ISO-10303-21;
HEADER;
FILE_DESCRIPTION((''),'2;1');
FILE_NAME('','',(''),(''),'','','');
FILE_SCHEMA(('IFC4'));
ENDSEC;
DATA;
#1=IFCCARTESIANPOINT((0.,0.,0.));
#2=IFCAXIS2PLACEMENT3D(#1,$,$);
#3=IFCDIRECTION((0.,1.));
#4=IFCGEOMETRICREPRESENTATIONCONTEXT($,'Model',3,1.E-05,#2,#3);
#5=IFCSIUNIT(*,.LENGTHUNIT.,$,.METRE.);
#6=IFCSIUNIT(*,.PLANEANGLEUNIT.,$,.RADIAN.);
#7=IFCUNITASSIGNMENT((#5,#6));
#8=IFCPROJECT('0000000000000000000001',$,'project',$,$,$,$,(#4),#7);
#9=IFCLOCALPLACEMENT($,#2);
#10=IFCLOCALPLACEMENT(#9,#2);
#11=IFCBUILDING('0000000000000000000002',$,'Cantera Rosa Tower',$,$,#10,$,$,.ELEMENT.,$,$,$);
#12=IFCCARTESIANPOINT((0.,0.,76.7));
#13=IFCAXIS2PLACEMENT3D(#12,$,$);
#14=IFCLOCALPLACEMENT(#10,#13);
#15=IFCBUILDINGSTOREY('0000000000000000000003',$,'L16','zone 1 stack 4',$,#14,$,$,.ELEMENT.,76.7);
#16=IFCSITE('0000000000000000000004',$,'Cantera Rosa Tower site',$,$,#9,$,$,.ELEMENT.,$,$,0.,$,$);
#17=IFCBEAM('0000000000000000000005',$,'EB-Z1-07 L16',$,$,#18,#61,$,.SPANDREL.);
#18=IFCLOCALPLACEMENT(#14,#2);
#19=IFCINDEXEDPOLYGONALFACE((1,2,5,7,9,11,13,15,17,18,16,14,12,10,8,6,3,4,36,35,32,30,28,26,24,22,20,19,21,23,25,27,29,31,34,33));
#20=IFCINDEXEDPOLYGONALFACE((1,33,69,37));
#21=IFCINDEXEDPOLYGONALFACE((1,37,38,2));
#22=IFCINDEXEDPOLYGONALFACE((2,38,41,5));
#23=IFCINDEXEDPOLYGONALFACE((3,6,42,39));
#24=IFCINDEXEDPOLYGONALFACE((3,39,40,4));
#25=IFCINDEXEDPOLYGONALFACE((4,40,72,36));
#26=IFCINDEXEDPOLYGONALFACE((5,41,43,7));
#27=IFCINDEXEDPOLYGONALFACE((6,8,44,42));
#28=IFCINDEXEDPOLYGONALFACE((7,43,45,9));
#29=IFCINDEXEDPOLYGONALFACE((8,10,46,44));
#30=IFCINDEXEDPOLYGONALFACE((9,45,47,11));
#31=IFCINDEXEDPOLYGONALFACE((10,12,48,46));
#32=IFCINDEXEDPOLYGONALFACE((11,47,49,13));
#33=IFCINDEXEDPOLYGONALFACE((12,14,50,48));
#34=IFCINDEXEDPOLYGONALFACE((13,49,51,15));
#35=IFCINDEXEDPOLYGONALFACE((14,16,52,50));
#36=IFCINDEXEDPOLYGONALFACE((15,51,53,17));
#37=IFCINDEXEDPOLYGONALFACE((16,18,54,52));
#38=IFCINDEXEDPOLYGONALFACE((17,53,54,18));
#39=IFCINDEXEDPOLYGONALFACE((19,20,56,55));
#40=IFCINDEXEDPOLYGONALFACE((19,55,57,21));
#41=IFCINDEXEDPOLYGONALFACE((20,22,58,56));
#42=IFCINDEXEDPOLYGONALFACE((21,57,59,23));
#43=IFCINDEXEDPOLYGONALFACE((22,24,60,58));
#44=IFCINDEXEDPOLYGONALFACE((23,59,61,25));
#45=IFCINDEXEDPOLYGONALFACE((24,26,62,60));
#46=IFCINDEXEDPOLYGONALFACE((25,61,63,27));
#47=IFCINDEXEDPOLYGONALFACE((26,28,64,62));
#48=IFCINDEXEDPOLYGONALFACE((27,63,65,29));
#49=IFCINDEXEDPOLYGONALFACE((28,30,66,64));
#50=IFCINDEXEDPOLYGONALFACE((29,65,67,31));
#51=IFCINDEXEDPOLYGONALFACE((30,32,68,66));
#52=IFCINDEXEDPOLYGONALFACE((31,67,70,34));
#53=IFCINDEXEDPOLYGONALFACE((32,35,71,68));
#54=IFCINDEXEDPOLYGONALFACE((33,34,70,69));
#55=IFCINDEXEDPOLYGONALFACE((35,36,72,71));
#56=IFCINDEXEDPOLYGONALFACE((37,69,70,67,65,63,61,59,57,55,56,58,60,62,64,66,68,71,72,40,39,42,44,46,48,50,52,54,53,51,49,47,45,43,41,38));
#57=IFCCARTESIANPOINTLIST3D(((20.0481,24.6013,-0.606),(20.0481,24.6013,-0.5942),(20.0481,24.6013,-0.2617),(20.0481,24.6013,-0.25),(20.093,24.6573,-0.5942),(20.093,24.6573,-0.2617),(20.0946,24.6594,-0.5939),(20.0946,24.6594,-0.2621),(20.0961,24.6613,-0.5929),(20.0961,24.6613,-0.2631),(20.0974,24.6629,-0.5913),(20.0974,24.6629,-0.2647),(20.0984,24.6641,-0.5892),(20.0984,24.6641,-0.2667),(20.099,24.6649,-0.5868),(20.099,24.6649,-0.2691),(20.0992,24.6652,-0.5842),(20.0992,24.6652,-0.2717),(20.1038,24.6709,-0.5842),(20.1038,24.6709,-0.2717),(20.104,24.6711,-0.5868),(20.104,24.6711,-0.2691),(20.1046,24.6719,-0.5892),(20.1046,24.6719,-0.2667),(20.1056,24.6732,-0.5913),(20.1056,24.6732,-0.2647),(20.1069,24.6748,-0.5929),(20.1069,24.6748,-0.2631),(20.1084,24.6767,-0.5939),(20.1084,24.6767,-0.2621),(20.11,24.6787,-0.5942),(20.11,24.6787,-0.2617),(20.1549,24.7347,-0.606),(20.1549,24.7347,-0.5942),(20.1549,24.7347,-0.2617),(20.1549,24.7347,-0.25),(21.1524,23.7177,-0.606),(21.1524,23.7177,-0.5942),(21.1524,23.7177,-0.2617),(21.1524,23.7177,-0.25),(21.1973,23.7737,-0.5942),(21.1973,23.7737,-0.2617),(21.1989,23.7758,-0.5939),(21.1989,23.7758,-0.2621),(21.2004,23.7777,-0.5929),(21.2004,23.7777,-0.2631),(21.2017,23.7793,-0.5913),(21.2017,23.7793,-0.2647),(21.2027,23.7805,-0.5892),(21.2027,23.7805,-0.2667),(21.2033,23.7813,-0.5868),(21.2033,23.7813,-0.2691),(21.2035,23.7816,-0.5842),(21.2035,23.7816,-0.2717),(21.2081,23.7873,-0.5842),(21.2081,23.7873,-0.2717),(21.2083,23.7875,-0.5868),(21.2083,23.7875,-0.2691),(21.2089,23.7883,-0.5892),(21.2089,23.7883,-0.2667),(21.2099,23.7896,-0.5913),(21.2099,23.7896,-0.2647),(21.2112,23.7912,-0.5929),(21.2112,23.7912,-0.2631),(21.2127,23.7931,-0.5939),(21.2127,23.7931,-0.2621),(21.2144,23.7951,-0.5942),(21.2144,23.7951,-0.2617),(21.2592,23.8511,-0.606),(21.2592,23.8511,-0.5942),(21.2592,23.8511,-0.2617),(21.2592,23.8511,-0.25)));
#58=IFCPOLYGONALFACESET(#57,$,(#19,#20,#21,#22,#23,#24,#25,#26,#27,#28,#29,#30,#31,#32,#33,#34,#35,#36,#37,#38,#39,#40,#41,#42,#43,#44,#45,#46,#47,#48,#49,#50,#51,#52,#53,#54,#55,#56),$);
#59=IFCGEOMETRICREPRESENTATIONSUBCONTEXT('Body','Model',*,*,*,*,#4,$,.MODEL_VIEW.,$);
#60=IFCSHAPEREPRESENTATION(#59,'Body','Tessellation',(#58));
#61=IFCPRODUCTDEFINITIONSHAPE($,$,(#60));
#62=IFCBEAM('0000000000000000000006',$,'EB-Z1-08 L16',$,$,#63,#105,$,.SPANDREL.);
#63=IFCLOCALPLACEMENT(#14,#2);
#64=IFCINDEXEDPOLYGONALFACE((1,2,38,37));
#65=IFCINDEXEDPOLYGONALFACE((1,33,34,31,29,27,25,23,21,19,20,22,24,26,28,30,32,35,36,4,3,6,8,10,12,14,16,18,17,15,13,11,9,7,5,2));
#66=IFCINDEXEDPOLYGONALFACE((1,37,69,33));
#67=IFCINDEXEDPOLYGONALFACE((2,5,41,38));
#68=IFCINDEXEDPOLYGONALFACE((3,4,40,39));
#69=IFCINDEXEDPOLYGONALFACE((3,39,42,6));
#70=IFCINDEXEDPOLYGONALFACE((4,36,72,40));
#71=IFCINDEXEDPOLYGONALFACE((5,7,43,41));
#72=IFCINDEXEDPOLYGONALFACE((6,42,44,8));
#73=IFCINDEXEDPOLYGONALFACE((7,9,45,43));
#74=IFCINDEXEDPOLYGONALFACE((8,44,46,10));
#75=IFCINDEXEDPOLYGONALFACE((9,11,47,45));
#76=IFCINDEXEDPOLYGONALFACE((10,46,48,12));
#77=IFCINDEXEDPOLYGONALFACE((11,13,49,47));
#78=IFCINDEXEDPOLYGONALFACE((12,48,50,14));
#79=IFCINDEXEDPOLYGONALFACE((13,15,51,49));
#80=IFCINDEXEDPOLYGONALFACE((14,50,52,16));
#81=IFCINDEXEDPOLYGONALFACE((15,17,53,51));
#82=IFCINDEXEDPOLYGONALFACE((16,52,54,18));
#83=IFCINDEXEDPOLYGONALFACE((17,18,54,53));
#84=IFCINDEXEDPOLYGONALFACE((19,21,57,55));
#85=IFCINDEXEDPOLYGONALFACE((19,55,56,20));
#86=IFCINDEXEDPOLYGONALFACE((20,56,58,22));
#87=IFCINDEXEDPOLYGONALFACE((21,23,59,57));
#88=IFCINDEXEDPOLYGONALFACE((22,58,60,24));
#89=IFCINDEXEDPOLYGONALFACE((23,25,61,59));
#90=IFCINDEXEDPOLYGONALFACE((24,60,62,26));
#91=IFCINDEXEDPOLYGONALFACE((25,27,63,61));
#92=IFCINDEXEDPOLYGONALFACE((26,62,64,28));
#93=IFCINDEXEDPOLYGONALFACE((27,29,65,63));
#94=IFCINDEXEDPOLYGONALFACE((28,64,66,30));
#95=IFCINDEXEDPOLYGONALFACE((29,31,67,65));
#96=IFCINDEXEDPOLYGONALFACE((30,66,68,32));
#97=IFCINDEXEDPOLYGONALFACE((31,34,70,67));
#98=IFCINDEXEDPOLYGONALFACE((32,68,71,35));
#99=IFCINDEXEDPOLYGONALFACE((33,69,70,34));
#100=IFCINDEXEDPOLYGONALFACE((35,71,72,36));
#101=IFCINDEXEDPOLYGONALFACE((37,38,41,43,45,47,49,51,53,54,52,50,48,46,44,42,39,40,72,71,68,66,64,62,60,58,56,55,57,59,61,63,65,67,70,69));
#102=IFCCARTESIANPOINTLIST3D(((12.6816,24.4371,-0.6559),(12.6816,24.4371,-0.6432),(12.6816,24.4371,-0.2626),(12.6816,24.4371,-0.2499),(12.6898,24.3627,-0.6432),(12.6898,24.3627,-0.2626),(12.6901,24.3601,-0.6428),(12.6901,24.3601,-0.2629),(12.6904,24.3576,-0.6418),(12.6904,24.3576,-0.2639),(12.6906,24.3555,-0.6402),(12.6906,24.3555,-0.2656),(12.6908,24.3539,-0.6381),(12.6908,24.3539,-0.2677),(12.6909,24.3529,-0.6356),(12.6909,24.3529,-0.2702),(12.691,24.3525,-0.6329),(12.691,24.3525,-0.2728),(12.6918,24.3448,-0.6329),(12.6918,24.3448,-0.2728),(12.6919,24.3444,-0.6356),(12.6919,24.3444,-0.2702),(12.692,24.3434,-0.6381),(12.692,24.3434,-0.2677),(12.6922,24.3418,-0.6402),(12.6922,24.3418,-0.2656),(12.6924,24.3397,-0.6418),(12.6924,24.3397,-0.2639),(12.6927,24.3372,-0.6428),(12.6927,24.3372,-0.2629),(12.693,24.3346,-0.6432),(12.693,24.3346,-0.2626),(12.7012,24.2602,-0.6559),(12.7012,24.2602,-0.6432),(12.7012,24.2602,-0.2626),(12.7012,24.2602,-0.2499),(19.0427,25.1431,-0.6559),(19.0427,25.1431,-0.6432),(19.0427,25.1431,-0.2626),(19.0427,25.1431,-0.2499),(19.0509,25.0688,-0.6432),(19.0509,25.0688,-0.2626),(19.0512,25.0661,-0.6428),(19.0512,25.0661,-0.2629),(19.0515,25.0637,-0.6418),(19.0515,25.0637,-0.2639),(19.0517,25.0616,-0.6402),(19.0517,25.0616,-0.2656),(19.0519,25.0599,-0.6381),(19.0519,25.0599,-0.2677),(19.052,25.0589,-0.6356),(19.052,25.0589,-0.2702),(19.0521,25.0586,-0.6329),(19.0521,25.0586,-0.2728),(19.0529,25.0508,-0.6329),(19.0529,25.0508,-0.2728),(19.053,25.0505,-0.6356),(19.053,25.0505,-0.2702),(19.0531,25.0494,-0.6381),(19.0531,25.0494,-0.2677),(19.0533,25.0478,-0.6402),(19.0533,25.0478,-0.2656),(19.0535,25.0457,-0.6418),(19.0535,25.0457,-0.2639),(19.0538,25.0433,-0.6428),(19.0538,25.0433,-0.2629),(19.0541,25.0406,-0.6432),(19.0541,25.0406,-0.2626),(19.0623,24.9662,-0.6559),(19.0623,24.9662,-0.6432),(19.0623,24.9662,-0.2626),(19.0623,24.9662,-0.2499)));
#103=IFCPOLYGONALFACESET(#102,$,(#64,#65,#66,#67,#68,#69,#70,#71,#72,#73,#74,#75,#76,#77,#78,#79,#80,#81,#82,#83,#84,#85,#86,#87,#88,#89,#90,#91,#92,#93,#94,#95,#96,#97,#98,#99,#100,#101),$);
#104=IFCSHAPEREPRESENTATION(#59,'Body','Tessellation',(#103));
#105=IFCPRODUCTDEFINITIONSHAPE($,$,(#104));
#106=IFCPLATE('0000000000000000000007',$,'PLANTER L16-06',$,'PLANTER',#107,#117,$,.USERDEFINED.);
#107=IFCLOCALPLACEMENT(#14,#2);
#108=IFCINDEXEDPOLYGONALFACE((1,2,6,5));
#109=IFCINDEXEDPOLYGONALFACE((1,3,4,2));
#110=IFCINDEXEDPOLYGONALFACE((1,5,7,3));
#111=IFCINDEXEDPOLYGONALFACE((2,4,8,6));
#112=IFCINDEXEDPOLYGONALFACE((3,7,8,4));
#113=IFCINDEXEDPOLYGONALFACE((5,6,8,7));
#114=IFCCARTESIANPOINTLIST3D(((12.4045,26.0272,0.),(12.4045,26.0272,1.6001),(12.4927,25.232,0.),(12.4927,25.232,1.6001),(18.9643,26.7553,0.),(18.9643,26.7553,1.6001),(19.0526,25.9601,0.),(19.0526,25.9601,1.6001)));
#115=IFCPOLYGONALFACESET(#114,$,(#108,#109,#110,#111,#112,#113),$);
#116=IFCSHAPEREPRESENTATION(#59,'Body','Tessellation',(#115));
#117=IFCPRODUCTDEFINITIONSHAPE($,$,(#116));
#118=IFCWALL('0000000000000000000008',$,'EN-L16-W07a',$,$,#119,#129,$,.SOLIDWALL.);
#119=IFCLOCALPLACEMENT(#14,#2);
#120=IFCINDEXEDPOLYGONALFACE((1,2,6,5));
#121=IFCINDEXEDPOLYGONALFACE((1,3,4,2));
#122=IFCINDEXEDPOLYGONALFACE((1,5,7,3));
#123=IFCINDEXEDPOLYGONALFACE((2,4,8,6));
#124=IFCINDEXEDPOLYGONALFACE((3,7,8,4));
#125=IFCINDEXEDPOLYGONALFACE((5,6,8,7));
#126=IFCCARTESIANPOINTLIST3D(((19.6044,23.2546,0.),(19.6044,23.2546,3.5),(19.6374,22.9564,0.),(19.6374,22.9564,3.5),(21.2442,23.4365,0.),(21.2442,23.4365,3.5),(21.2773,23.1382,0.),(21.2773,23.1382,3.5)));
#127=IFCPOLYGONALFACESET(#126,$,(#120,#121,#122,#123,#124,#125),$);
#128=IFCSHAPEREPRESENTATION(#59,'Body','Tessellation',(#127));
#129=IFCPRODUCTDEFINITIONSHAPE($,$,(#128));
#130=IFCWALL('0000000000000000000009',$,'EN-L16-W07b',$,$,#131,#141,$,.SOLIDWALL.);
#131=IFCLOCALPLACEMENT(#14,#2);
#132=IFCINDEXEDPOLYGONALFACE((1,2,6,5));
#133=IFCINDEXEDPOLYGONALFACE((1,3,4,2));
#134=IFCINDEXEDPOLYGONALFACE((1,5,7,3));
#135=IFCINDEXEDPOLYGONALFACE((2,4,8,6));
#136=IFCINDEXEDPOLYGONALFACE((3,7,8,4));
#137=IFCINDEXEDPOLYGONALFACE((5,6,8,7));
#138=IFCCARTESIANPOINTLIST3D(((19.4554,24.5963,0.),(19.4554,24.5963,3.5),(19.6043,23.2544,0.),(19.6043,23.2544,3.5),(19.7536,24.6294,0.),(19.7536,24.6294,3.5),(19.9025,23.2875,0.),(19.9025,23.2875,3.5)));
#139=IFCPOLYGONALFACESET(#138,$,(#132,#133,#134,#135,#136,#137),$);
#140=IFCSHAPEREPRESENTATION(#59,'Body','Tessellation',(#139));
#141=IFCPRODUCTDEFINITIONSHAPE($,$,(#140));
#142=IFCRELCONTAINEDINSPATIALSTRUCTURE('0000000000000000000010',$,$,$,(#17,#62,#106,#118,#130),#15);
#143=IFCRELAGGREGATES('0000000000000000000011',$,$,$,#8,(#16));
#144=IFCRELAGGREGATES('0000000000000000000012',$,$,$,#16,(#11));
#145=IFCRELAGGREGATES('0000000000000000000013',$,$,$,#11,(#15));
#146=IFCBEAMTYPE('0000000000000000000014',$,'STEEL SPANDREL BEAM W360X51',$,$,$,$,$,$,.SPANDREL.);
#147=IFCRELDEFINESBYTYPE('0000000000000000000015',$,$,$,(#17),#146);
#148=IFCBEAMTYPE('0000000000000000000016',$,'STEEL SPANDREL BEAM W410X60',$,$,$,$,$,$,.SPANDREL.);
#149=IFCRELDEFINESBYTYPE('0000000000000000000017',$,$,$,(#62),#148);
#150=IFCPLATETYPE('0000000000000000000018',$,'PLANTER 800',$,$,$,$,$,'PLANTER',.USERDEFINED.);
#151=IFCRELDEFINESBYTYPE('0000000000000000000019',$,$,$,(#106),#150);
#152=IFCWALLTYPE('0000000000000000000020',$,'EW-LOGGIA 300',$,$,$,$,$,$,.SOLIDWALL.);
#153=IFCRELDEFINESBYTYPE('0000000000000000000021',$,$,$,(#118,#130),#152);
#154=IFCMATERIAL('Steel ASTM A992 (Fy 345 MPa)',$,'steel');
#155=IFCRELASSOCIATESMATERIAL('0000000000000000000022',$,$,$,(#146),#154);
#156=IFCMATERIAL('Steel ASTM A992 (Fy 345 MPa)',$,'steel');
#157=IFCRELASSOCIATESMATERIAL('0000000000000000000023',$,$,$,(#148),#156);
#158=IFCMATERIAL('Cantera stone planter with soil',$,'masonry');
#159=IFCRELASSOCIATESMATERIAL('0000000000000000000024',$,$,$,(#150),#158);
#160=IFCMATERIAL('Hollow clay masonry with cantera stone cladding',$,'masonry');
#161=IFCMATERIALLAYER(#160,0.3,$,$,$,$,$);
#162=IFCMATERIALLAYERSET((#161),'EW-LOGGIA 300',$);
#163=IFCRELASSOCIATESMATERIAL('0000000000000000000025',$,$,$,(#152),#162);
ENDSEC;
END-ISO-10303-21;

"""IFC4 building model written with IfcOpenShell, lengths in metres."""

from ifc_helpers import new_model, si_unit, direction, frame, frame_2d, origin, origin_2d, place, context, subcontext, project, spatial, rectangle, i_section, extrude, material, layer, layer_set, material_profile, profile_set, type_object, element, save


model = new_model("IFC4")

# Units and contexts
model_context = context("Model", 3, precision=1e-05, world=origin(), true_north=direction((0.0, 1.0)))
body_context = subcontext(model_context, "Body", "Model", "MODEL_VIEW")
ifc_project = project(units=[si_unit("LENGTHUNIT", "METRE"), si_unit("PLANEANGLEUNIT", "RADIAN")], contexts=[model_context])

# Site, building, storey
site_placement = place(None, origin())
site = spatial("IfcSite", under=ifc_project, at=site_placement, Name="Cantera Rosa Tower site", CompositionType="ELEMENT", RefElevation=0.0)
building_placement = place(site_placement, origin())
building = spatial("IfcBuilding", under=site, at=building_placement, Name="Cantera Rosa Tower", CompositionType="ELEMENT")
storey_placement = place(building_placement, frame((0.0, 0.0, 76.7)))
storey = spatial("IfcBuildingStorey", under=building, at=storey_placement, Name="L16", Description="zone 1 stack 4", CompositionType="ELEMENT", Elevation=76.7)

# Beams
ifc_material_1 = material(Name="Steel ASTM A992 (Fy 345 MPa)", Category="steel")
ifc_material_profile_1 = material_profile(ifc_material_1, i_section(OverallWidth=0.1709, OverallDepth=0.356, WebThickness=0.0073, FlangeThickness=0.0117, FilletRadius=0.01, at=origin_2d()), Name="W360X51")
ifc_profile_set_1 = profile_set([ifc_material_profile_1], Name="Steel ASTM A992 (Fy 345 MPa)")
beam_type_1 = type_object("IfcBeamType", Name="STEEL SPANDREL BEAM W360X51", PredefinedType="SPANDREL", material=ifc_profile_set_1)
for number, where, z_axis, x_axis, name in (
    (1, (21.2058, 23.7844, -0.428), (-0.780818, 0.624758, 0.0), (-0.624758, -0.780818, 0.0), "EB-Z1-07 L16"),
):
    element("IfcBeam", number, at=place(storey_placement, frame(where, z_axis=z_axis, x_axis=x_axis)), inside=storey, type_object=beam_type_1, Name=name, PredefinedType="SPANDREL", context=body_context, shape_type="SweptSolid", body=[
        extrude(i_section(OverallWidth=0.1709, OverallDepth=0.356, WebThickness=0.0073, FlangeThickness=0.0117, FilletRadius=0.01, at=origin_2d()), origin(), (0.0, 0.0, 1.0), 1.4143),
    ])
ifc_material_2 = material(Name="Steel ASTM A992 (Fy 345 MPa)", Category="steel")
ifc_material_profile_2 = material_profile(ifc_material_2, i_section(OverallWidth=0.178, OverallDepth=0.406, WebThickness=0.0078, FlangeThickness=0.0127, FilletRadius=0.0103, at=origin_2d()), Name="W410X60")
ifc_profile_set_2 = profile_set([ifc_material_profile_2], Name="Steel ASTM A992 (Fy 345 MPa)")
beam_type_2 = type_object("IfcBeamType", Name="STEEL SPANDREL BEAM W410X60", PredefinedType="SPANDREL", material=ifc_profile_set_2)
beam_1_placement = place(storey_placement, frame((19.0525, 25.0547, -0.4529), z_axis=(-0.993896, -0.110318, 0.0), x_axis=(0.110318, -0.993896, 0.0)))
element("IfcBeam", 2, at=beam_1_placement, inside=storey, type_object=beam_type_2, Name="EB-Z1-08 L16", PredefinedType="SPANDREL", context=body_context, shape_type="SweptSolid", body=[
    extrude(i_section(OverallWidth=0.178, OverallDepth=0.406, WebThickness=0.0078, FlangeThickness=0.0127, FilletRadius=0.0103, at=origin_2d()), origin(), (0.0, 0.0, 1.0), 6.4001),
])

# Plate
ifc_material_3 = material(Name="Cantera stone planter with soil", Category="masonry")
plate_type = type_object("IfcPlateType", Name="PLANTER 800", ElementType="PLANTER", PredefinedType="USERDEFINED", material=ifc_material_3)
plate_placement = place(storey_placement, frame((15.7285, 25.9937, 0.0), z_axis=(0.0, 0.0, 1.0), x_axis=(-0.993897, -0.110313, 0.0)))
element("IfcPlate", 3, at=plate_placement, inside=storey, type_object=plate_type, Name="PLANTER L16-06", ObjectType="PLANTER", PredefinedType="USERDEFINED", context=body_context, shape_type="SweptSolid", body=[
    extrude(rectangle(XDim=6.6001, YDim=0.8, at=origin_2d()), origin(), (0.0, 0.0, 1.0), 1.6001),
])

# Walls
ifc_material_4 = material(Name="Hollow clay masonry with cantera stone cladding", Category="masonry")
ifc_layer_1 = layer(ifc_material_4, 0.3)
ifc_layer_set_1 = layer_set([ifc_layer_1], Name="EW-LOGGIA 300")
wall_type_1 = type_object("IfcWallType", Name="EW-LOGGIA 300", PredefinedType="SOLIDWALL", material=ifc_layer_set_1)
wall_1_placement = place(storey_placement, frame((21.2607, 23.2874, 0.0), z_axis=(0.0, 0.0, 1.0), x_axis=(-0.993905, -0.110237, 0.0)))
element("IfcWall", 4, at=wall_1_placement, inside=storey, type_object=wall_type_1, Name="EN-L16-W07a", PredefinedType="SOLIDWALL", context=body_context, shape_type="SweptSolid", body=[
    extrude(rectangle(XDim=1.6499, YDim=0.3, at=frame_2d((0.825, 0.0))), origin(), (0.0, 0.0, 1.0), 3.5),
])
wall_2_placement = place(storey_placement, frame((19.7534, 23.271, 0.0), z_axis=(0.0, 0.0, 1.0), x_axis=(-0.110312, 0.993897, 0.0)))
element("IfcWall", 5, at=wall_2_placement, inside=storey, type_object=wall_type_1, Name="EN-L16-W07b", PredefinedType="SOLIDWALL", context=body_context, shape_type="SweptSolid", body=[
    extrude(rectangle(XDim=1.3501, YDim=0.3, at=frame_2d((0.675, 0.0))), origin(), (0.0, 0.0, 1.0), 3.5),
])

save(model, "model.ifc")
